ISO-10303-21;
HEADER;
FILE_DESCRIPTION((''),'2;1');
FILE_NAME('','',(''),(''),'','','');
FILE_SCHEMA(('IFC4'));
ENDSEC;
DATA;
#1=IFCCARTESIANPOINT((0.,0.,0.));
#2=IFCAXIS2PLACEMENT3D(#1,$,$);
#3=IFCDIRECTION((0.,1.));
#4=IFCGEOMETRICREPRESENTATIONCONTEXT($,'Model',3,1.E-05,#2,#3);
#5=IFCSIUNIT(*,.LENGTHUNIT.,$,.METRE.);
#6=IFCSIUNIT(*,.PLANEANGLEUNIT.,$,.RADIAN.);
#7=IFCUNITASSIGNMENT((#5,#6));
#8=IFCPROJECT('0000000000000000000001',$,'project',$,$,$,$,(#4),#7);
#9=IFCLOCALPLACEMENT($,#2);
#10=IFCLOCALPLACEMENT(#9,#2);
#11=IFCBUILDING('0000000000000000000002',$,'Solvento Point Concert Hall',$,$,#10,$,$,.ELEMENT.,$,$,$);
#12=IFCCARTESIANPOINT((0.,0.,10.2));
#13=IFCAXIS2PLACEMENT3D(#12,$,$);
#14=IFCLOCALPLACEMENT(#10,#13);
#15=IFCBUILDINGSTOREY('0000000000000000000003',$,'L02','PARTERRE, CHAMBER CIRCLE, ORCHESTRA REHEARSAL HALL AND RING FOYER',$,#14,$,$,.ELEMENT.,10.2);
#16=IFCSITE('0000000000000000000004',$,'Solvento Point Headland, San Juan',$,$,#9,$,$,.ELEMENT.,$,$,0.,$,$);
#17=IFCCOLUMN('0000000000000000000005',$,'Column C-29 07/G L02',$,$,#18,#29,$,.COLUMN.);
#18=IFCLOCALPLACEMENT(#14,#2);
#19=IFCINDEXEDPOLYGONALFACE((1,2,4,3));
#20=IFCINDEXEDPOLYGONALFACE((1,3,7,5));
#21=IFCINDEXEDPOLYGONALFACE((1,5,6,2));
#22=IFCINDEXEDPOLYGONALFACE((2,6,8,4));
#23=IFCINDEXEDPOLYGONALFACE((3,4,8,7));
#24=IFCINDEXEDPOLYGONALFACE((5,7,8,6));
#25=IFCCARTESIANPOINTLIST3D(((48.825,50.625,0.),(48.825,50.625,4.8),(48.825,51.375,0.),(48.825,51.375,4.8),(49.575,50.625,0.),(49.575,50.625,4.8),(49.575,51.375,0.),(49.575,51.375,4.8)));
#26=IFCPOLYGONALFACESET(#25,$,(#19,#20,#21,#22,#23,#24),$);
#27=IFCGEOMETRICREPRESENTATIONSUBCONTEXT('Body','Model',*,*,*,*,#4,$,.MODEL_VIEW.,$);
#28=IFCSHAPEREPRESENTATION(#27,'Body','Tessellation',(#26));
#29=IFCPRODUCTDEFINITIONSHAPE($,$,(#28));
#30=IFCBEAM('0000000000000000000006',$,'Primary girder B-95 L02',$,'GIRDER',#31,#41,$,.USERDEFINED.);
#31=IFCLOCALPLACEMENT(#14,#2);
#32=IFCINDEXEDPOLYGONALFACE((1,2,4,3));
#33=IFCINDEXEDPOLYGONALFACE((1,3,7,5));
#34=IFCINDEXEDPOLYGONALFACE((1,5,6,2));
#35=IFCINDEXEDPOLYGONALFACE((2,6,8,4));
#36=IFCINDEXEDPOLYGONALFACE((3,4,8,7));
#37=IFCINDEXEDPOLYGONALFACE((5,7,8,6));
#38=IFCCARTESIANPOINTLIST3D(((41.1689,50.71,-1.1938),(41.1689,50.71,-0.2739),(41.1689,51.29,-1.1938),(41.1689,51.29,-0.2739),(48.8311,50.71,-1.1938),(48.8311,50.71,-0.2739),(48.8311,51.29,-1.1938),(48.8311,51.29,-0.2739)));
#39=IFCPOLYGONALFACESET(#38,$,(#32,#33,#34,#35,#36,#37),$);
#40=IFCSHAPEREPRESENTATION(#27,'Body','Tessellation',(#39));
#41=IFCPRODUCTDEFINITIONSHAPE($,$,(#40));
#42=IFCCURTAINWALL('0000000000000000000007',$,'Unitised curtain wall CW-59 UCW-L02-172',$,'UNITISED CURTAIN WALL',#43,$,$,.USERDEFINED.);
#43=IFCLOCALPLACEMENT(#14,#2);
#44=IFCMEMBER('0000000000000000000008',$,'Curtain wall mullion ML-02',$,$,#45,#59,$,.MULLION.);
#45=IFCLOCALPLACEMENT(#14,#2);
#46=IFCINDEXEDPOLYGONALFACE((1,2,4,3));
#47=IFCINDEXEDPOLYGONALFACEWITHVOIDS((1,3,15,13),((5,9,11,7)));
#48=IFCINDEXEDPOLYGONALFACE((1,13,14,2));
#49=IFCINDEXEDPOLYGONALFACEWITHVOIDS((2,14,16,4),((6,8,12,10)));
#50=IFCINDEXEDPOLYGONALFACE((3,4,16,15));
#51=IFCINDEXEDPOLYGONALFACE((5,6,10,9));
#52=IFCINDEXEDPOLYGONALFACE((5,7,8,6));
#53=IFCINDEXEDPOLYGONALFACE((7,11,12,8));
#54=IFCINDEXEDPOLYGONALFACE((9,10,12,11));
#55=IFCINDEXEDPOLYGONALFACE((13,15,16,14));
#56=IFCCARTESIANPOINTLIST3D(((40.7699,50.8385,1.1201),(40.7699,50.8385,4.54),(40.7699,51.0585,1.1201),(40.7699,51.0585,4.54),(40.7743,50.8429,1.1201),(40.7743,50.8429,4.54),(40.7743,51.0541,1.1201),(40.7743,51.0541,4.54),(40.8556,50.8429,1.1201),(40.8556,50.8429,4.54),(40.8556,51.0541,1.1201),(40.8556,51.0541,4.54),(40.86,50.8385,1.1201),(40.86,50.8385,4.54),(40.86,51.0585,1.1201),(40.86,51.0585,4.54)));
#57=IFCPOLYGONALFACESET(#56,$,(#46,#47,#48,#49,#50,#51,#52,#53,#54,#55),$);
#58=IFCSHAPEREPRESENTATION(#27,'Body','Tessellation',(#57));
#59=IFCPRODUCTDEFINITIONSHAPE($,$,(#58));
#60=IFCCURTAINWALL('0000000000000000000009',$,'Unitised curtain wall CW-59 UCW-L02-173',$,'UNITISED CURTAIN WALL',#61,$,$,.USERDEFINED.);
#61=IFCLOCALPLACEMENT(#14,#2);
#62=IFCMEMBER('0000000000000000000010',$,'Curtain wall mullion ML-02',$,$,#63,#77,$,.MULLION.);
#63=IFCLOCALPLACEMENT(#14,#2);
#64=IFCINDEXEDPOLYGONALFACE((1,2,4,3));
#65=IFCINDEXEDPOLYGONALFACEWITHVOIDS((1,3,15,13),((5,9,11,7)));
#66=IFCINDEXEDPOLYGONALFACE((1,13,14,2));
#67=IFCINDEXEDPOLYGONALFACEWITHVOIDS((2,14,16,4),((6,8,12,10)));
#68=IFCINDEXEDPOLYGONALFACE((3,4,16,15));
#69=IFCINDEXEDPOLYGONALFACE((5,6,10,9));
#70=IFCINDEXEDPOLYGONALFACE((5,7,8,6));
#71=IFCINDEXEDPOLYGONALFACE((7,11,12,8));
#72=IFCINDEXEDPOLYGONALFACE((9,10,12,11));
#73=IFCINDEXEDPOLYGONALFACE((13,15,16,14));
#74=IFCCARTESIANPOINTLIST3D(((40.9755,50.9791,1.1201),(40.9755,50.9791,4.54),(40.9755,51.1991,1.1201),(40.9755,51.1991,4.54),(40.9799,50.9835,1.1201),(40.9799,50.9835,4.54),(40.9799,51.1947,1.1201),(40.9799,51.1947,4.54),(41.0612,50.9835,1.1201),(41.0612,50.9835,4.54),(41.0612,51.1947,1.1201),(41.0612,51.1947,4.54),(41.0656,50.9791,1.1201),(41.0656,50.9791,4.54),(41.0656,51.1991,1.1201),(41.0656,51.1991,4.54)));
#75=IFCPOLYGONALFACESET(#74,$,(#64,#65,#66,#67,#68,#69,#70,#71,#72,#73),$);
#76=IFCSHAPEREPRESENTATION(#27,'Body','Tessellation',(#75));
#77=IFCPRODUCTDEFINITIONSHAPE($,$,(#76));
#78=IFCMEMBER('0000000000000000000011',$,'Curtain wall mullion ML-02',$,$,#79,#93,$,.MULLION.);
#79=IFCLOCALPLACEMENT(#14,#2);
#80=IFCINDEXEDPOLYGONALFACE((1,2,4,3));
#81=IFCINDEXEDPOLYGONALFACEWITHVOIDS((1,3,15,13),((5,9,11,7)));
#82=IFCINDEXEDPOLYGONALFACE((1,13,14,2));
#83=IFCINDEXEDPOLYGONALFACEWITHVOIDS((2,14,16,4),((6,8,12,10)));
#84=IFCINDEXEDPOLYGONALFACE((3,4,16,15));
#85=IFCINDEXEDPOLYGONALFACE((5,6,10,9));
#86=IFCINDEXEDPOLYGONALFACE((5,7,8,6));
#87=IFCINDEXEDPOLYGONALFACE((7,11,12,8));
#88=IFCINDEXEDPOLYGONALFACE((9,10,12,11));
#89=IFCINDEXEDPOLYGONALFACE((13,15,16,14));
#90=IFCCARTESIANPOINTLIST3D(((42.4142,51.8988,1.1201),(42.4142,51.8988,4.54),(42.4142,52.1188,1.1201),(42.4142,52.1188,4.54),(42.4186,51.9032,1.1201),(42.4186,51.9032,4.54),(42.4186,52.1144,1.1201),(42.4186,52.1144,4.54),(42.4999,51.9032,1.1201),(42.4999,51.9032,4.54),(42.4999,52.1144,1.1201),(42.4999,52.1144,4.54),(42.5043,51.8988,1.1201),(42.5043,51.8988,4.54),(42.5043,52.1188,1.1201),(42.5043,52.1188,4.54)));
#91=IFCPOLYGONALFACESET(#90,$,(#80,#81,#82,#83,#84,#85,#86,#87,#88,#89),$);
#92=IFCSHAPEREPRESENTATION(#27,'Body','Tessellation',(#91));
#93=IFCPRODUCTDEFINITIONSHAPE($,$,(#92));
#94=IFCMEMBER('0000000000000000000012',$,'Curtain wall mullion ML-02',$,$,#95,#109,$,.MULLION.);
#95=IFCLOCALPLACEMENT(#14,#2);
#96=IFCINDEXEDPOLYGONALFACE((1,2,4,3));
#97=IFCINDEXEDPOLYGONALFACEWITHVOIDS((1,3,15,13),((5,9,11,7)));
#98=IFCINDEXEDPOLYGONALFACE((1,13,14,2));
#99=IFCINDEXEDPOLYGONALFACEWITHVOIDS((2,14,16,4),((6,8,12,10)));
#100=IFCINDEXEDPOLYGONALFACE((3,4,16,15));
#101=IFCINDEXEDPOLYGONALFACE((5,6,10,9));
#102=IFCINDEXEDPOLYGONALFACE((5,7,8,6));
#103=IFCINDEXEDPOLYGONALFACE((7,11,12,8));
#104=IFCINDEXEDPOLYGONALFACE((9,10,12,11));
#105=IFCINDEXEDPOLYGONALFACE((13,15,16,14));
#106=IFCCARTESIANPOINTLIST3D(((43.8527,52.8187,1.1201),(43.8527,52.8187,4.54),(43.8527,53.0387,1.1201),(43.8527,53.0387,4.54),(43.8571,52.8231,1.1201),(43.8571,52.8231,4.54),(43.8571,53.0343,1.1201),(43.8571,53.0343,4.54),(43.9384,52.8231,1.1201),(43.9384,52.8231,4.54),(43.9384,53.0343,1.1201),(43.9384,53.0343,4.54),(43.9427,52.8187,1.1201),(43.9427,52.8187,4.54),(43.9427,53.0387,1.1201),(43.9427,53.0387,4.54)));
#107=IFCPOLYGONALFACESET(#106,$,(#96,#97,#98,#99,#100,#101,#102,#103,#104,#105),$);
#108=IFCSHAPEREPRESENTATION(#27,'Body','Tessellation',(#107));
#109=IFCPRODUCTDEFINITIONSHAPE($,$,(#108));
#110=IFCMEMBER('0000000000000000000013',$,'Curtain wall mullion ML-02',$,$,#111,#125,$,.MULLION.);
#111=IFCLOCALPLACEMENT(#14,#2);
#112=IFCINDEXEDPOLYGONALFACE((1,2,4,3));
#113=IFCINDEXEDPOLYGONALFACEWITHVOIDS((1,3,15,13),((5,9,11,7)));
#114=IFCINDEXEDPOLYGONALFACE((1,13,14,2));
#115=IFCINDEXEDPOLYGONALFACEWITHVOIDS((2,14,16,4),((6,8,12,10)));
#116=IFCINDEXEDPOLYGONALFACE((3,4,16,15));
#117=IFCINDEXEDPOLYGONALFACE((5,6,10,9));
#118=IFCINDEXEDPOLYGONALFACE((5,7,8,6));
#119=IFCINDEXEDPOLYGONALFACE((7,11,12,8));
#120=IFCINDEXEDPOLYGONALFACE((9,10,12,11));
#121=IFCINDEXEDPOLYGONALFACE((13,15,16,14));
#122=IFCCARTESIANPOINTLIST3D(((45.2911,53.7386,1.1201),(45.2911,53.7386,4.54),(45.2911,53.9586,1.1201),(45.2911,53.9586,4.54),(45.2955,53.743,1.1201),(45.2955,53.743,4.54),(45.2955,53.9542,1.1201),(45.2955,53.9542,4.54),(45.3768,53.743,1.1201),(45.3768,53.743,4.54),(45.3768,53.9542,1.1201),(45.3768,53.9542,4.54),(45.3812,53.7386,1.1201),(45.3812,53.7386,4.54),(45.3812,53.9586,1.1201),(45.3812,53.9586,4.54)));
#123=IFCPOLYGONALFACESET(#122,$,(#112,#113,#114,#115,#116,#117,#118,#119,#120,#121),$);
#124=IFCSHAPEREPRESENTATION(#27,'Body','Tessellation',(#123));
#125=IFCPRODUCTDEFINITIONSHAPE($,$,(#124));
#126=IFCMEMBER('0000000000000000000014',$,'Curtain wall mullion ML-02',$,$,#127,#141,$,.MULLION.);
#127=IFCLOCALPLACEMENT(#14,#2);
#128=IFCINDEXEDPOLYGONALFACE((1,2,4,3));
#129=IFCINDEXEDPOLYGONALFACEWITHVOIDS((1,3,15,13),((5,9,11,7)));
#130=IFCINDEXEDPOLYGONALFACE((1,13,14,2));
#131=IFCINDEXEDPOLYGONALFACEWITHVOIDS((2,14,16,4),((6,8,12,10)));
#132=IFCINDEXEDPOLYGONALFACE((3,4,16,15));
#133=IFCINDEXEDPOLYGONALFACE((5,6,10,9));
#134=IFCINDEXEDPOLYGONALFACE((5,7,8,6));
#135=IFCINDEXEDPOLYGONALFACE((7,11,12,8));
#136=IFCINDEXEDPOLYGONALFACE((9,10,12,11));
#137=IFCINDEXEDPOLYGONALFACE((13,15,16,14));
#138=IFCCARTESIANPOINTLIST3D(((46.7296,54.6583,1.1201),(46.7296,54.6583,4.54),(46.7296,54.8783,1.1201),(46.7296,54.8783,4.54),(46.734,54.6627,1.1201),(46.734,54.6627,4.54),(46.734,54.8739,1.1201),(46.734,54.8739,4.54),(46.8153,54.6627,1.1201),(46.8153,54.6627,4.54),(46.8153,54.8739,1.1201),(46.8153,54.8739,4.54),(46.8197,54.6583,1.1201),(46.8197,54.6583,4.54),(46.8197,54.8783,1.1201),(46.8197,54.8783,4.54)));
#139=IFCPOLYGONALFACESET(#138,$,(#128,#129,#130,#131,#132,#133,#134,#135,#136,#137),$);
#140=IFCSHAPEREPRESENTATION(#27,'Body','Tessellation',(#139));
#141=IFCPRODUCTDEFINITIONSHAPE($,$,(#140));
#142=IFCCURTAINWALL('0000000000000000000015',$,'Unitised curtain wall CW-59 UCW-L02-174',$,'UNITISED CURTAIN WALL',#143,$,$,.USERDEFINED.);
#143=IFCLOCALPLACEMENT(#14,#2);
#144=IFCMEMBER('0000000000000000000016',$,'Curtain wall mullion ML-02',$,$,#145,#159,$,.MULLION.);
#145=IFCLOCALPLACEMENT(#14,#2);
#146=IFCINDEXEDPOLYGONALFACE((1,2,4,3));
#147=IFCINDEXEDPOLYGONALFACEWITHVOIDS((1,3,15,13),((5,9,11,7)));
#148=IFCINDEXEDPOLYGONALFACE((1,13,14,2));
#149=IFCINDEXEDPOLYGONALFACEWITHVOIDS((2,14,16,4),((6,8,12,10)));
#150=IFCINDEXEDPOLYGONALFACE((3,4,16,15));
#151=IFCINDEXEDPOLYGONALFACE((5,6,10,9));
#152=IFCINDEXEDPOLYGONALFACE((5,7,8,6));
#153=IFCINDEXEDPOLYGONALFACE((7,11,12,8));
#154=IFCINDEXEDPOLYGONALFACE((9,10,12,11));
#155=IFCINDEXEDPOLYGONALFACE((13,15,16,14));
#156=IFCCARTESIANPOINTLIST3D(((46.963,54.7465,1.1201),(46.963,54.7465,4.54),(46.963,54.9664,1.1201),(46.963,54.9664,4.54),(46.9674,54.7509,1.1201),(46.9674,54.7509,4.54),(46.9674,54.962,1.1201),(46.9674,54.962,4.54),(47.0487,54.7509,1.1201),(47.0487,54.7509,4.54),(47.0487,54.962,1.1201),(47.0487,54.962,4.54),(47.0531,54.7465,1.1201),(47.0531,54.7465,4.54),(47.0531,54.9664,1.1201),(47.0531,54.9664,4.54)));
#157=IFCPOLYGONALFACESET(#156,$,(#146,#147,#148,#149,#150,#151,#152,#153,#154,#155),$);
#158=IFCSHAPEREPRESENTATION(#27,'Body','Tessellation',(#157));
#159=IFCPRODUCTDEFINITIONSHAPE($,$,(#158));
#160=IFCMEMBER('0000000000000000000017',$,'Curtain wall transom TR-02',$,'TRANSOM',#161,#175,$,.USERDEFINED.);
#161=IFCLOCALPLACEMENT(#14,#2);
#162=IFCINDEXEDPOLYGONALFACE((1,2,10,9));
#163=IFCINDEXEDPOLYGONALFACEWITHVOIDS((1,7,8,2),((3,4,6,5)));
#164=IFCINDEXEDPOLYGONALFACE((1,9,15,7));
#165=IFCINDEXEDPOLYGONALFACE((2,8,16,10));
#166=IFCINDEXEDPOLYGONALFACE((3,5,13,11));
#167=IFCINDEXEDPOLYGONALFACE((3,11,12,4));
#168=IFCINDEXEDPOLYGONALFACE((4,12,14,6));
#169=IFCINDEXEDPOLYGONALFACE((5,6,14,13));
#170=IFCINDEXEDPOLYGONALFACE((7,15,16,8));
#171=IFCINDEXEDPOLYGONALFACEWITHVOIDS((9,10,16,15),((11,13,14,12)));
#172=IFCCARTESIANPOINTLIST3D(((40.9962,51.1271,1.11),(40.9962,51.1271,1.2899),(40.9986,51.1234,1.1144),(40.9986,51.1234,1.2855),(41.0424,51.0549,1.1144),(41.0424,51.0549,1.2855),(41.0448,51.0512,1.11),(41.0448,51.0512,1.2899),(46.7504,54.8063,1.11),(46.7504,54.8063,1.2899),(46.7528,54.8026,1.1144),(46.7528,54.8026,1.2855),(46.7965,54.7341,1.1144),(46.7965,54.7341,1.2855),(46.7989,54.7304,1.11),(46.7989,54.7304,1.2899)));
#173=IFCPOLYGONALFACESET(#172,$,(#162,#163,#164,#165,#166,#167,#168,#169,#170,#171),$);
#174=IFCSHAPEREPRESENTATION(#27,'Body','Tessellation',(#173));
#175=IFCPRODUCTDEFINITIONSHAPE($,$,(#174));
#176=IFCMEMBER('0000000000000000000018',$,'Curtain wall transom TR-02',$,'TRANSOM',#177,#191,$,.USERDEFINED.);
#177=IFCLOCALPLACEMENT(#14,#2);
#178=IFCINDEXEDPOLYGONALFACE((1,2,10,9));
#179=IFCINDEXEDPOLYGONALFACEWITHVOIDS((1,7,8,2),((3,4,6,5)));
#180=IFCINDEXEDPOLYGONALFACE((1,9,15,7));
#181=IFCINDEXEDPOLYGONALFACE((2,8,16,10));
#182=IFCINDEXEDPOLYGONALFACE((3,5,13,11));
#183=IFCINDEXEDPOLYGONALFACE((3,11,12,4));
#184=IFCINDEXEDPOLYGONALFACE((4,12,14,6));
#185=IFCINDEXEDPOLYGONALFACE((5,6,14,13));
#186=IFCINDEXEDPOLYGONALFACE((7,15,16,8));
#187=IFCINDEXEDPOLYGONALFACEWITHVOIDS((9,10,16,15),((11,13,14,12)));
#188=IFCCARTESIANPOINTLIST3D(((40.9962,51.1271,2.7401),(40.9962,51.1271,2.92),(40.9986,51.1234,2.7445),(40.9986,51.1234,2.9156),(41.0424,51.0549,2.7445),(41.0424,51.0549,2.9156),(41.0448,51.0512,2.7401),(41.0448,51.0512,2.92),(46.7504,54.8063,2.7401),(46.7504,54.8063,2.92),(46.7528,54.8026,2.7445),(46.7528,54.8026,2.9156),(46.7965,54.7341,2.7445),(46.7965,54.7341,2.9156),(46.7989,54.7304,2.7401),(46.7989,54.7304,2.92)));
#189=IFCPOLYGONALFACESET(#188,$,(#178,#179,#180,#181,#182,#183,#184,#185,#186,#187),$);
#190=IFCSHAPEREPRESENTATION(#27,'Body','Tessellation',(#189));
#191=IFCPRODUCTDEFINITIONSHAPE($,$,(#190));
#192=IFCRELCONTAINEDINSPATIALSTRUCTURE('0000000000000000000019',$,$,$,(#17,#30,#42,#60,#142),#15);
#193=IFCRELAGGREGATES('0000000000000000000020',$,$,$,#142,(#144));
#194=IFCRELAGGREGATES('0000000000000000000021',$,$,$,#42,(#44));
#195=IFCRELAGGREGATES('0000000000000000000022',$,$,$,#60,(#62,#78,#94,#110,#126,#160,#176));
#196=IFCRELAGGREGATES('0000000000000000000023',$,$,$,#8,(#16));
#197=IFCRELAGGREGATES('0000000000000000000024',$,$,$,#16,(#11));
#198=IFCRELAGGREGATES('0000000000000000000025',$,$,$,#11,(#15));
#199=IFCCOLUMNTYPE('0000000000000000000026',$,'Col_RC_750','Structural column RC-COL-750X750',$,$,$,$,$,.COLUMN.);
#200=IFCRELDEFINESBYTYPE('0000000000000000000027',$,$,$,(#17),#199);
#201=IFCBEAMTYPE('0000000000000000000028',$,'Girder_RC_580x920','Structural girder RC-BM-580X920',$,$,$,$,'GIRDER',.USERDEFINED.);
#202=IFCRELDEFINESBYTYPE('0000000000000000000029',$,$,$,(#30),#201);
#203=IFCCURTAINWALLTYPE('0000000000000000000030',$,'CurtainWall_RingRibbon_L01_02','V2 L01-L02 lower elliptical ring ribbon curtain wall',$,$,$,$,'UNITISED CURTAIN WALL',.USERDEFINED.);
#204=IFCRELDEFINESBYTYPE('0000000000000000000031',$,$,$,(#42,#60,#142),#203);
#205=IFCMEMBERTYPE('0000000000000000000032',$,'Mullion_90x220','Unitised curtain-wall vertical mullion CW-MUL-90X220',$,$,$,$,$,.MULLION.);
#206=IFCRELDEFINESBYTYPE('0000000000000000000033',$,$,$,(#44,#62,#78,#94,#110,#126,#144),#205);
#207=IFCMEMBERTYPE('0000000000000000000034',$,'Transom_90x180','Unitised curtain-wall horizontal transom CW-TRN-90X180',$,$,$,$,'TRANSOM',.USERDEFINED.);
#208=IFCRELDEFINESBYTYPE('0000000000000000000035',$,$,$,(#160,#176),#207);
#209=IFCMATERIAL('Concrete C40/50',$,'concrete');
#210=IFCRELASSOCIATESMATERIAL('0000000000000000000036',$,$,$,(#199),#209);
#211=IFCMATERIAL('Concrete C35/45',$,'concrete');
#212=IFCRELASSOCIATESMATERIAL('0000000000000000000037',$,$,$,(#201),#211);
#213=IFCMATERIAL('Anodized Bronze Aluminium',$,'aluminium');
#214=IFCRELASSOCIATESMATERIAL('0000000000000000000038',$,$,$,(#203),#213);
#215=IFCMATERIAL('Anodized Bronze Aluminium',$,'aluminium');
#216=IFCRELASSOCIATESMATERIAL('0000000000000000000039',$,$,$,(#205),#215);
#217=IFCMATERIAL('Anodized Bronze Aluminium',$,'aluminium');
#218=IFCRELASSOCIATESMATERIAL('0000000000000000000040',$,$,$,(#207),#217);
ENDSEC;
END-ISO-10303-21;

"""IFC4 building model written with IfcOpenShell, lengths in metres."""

from ifc_helpers import new_model, si_unit, direction, frame, origin, origin_2d, place, context, subcontext, project, spatial, rectangle, hollow_rectangle, extrude, material, material_profile, profile_set, type_object, element, aggregate, save


model = new_model("IFC4")

# Units and contexts
model_context = context("Model", 3, precision=1e-05, world=origin(), true_north=direction((0.0, 1.0)))
body_context = subcontext(model_context, "Body", "Model", "MODEL_VIEW")
ifc_project = project(units=[si_unit("LENGTHUNIT", "METRE"), si_unit("PLANEANGLEUNIT", "RADIAN")], contexts=[model_context])

# Site, building, storey
site_placement = place(None, origin())
site = spatial("IfcSite", under=ifc_project, at=site_placement, Name="Solvento Point Headland, San Juan", CompositionType="ELEMENT", RefElevation=0.0)
building_placement = place(site_placement, origin())
building = spatial("IfcBuilding", under=site, at=building_placement, Name="Solvento Point Concert Hall", CompositionType="ELEMENT")
storey_placement = place(building_placement, frame((0.0, 0.0, 10.2)))
storey = spatial("IfcBuildingStorey", under=building, at=storey_placement, Name="L02", Description="PARTERRE, CHAMBER CIRCLE, ORCHESTRA REHEARSAL HALL AND RING FOYER", CompositionType="ELEMENT", Elevation=10.2)

# Column
ifc_material_1 = material(Name="Concrete C40/50", Category="concrete")
ifc_material_profile_1 = material_profile(ifc_material_1, rectangle(XDim=0.75, YDim=0.75, at=origin_2d()), Name="RC-COL-750X750")
ifc_profile_set_1 = profile_set([ifc_material_profile_1], Name="Concrete C40/50")
column_type = type_object("IfcColumnType", Name="Col_RC_750", Description="Structural column RC-COL-750X750", PredefinedType="COLUMN", material=ifc_profile_set_1)
column_placement = place(storey_placement, frame((49.2, 51.0, 0.0), z_axis=(0.0, 0.0, 1.0), x_axis=(1.0, 0.0, 0.0)))
element("IfcColumn", 1, at=column_placement, inside=storey, type_object=column_type, Name="Column C-29 07/G L02", PredefinedType="COLUMN", context=body_context, shape_type="SweptSolid", body=[
    extrude(rectangle(XDim=0.75, YDim=0.75, at=origin_2d()), origin(), (0.0, 0.0, 1.0), 4.8),
])

# Beam
ifc_material_2 = material(Name="Concrete C35/45", Category="concrete")
ifc_material_profile_2 = material_profile(ifc_material_2, rectangle(XDim=0.5801, YDim=0.9199, at=origin_2d()), Name="RC-BM-580X920")
ifc_profile_set_2 = profile_set([ifc_material_profile_2], Name="Concrete C35/45")
beam_type = type_object("IfcBeamType", Name="Girder_RC_580x920", Description="Structural girder RC-BM-580X920", ElementType="GIRDER", PredefinedType="USERDEFINED", material=ifc_profile_set_2)
beam_placement = place(storey_placement, frame((41.1689, 51.0, -0.7339), z_axis=(1.0, 0.0, 0.0), x_axis=(0.0, 1.0, 0.0)))
element("IfcBeam", 2, at=beam_placement, inside=storey, type_object=beam_type, Name="Primary girder B-95 L02", ObjectType="GIRDER", PredefinedType="USERDEFINED", context=body_context, shape_type="SweptSolid", body=[
    extrude(rectangle(XDim=0.5801, YDim=0.9199, at=origin_2d()), origin(), (0.0, 0.0, 1.0), 7.6621),
])

# Curtain wall, member
ifc_material_3 = material(Name="Anodized Bronze Aluminium", Category="aluminium")
curtain_wall_type = type_object("IfcCurtainWallType", Name="CurtainWall_RingRibbon_L01_02", Description="V2 L01-L02 lower elliptical ring ribbon curtain wall", ElementType="UNITISED CURTAIN WALL", PredefinedType="USERDEFINED", material=ifc_material_3)
curtain_wall_1_placement = place(storey_placement, origin())
curtain_wall_1 = element("IfcCurtainWall", 3, at=curtain_wall_1_placement, inside=storey, type_object=curtain_wall_type, Name="Unitised curtain wall CW-59 UCW-L02-172", ObjectType="UNITISED CURTAIN WALL", PredefinedType="USERDEFINED")
ifc_material_4 = material(Name="Anodized Bronze Aluminium", Category="aluminium")
ifc_material_profile_3 = material_profile(ifc_material_4, hollow_rectangle(XDim=0.0901, YDim=0.22, WallThickness=0.0044, at=origin_2d()), Name="CW-MUL-90X220")
ifc_profile_set_3 = profile_set([ifc_material_profile_3], Name="Anodized Bronze Aluminium")
member_type_1 = type_object("IfcMemberType", Name="Mullion_90x220", Description="Unitised curtain-wall vertical mullion CW-MUL-90X220", PredefinedType="MULLION", material=ifc_profile_set_3)
member_1_placement = place(storey_placement, frame((40.8149, 50.9485, 1.1201), z_axis=(0.0, 0.0, 1.0), x_axis=(1.0, 0.0, 0.0)))
member_1 = element("IfcMember", 4, at=member_1_placement, type_object=member_type_1, Name="Curtain wall mullion ML-02", PredefinedType="MULLION", context=body_context, shape_type="SweptSolid", body=[
    extrude(hollow_rectangle(XDim=0.0901, YDim=0.22, WallThickness=0.0044, at=origin_2d()), origin(), (0.0, 0.0, 1.0), 3.4199),
])

# Curtain wall, members
curtain_wall_2_placement = place(storey_placement, origin())
curtain_wall_2 = element("IfcCurtainWall", 5, at=curtain_wall_2_placement, inside=storey, type_object=curtain_wall_type, Name="Unitised curtain wall CW-59 UCW-L02-173", ObjectType="UNITISED CURTAIN WALL", PredefinedType="USERDEFINED")
member_2_placement = place(storey_placement, frame((41.0205, 51.0891, 1.1201), z_axis=(0.0, 0.0, 1.0), x_axis=(1.0, 0.0, 0.0)))
member_2 = element("IfcMember", 6, at=member_2_placement, type_object=member_type_1, Name="Curtain wall mullion ML-02", PredefinedType="MULLION", context=body_context, shape_type="SweptSolid", body=[
    extrude(hollow_rectangle(XDim=0.0901, YDim=0.22, WallThickness=0.0044, at=origin_2d()), origin(), (0.0, 0.0, 1.0), 3.4199),
])
member_3_placement = place(storey_placement, frame((42.4592, 52.0088, 1.1201), z_axis=(0.0, 0.0, 1.0), x_axis=(1.0, 0.0, 0.0)))
member_3 = element("IfcMember", 7, at=member_3_placement, type_object=member_type_1, Name="Curtain wall mullion ML-02", PredefinedType="MULLION", context=body_context, shape_type="SweptSolid", body=[
    extrude(hollow_rectangle(XDim=0.0901, YDim=0.22, WallThickness=0.0044, at=origin_2d()), origin(), (0.0, 0.0, 1.0), 3.4199),
])
member_4_placement = place(storey_placement, frame((43.8977, 52.9287, 1.1201), z_axis=(0.0, 0.0, 1.0), x_axis=(1.0, 0.0, 0.0)))
member_4 = element("IfcMember", 8, at=member_4_placement, type_object=member_type_1, Name="Curtain wall mullion ML-02", PredefinedType="MULLION", context=body_context, shape_type="SweptSolid", body=[
    extrude(hollow_rectangle(XDim=0.0901, YDim=0.22, WallThickness=0.0044, at=origin_2d()), origin(), (0.0, 0.0, 1.0), 3.4199),
])
member_5_placement = place(storey_placement, frame((45.3362, 53.8486, 1.1201), z_axis=(0.0, 0.0, 1.0), x_axis=(1.0, 0.0, 0.0)))
member_5 = element("IfcMember", 9, at=member_5_placement, type_object=member_type_1, Name="Curtain wall mullion ML-02", PredefinedType="MULLION", context=body_context, shape_type="SweptSolid", body=[
    extrude(hollow_rectangle(XDim=0.0901, YDim=0.22, WallThickness=0.0044, at=origin_2d()), origin(), (0.0, 0.0, 1.0), 3.4199),
])
member_6_placement = place(storey_placement, frame((46.7747, 54.7683, 1.1201), z_axis=(0.0, 0.0, 1.0), x_axis=(1.0, 0.0, 0.0)))
member_6 = element("IfcMember", 10, at=member_6_placement, type_object=member_type_1, Name="Curtain wall mullion ML-02", PredefinedType="MULLION", context=body_context, shape_type="SweptSolid", body=[
    extrude(hollow_rectangle(XDim=0.0901, YDim=0.22, WallThickness=0.0044, at=origin_2d()), origin(), (0.0, 0.0, 1.0), 3.4199),
])

# Curtain wall, member
curtain_wall_3_placement = place(storey_placement, origin())
curtain_wall_3 = element("IfcCurtainWall", 11, at=curtain_wall_3_placement, inside=storey, type_object=curtain_wall_type, Name="Unitised curtain wall CW-59 UCW-L02-174", ObjectType="UNITISED CURTAIN WALL", PredefinedType="USERDEFINED")
member_7_placement = place(storey_placement, frame((47.0081, 54.8564, 1.1201), z_axis=(0.0, 0.0, 1.0), x_axis=(1.0, 0.0, 0.0)))
member_7 = element("IfcMember", 12, at=member_7_placement, type_object=member_type_1, Name="Curtain wall mullion ML-02", PredefinedType="MULLION", context=body_context, shape_type="SweptSolid", body=[
    extrude(hollow_rectangle(XDim=0.0901, YDim=0.22, WallThickness=0.0044, at=origin_2d()), origin(), (0.0, 0.0, 1.0), 3.4199),
])
aggregate(curtain_wall_3, [member_7])

# Members
ifc_material_5 = material(Name="Anodized Bronze Aluminium", Category="aluminium")
ifc_material_profile_4 = material_profile(ifc_material_5, hollow_rectangle(XDim=0.0901, YDim=0.1799, WallThickness=0.0044, at=origin_2d()), Name="CW-TRN-90X180")
ifc_profile_set_4 = profile_set([ifc_material_profile_4], Name="Anodized Bronze Aluminium")
member_type_2 = type_object("IfcMemberType", Name="Transom_90x180", Description="Unitised curtain-wall horizontal transom CW-TRN-90X180", ElementType="TRANSOM", PredefinedType="USERDEFINED", material=ifc_profile_set_4)
member_8_placement = place(storey_placement, frame((41.0205, 51.0891, 1.2), z_axis=(0.842501, 0.538695, 0.0), x_axis=(-0.538695, 0.842501, 0.0)))
member_8 = element("IfcMember", 13, at=member_8_placement, type_object=member_type_2, Name="Curtain wall transom TR-02", ObjectType="TRANSOM", PredefinedType="USERDEFINED", context=body_context, shape_type="SweptSolid", body=[
    extrude(hollow_rectangle(XDim=0.0901, YDim=0.1799, WallThickness=0.0044, at=origin_2d()), origin(), (0.0, 0.0, 1.0), 6.8298),
])
member_9_placement = place(storey_placement, frame((41.0205, 51.0891, 2.8301), z_axis=(0.842501, 0.538695, 0.0), x_axis=(-0.538695, 0.842501, 0.0)))
member_9 = element("IfcMember", 14, at=member_9_placement, type_object=member_type_2, Name="Curtain wall transom TR-02", ObjectType="TRANSOM", PredefinedType="USERDEFINED", context=body_context, shape_type="SweptSolid", body=[
    extrude(hollow_rectangle(XDim=0.0901, YDim=0.1799, WallThickness=0.0044, at=origin_2d()), origin(), (0.0, 0.0, 1.0), 6.8298),
])

aggregate(curtain_wall_1, [member_1])
aggregate(curtain_wall_2, [member_2, member_3, member_4, member_5, member_6, member_8, member_9])

save(model, "model.ifc")
